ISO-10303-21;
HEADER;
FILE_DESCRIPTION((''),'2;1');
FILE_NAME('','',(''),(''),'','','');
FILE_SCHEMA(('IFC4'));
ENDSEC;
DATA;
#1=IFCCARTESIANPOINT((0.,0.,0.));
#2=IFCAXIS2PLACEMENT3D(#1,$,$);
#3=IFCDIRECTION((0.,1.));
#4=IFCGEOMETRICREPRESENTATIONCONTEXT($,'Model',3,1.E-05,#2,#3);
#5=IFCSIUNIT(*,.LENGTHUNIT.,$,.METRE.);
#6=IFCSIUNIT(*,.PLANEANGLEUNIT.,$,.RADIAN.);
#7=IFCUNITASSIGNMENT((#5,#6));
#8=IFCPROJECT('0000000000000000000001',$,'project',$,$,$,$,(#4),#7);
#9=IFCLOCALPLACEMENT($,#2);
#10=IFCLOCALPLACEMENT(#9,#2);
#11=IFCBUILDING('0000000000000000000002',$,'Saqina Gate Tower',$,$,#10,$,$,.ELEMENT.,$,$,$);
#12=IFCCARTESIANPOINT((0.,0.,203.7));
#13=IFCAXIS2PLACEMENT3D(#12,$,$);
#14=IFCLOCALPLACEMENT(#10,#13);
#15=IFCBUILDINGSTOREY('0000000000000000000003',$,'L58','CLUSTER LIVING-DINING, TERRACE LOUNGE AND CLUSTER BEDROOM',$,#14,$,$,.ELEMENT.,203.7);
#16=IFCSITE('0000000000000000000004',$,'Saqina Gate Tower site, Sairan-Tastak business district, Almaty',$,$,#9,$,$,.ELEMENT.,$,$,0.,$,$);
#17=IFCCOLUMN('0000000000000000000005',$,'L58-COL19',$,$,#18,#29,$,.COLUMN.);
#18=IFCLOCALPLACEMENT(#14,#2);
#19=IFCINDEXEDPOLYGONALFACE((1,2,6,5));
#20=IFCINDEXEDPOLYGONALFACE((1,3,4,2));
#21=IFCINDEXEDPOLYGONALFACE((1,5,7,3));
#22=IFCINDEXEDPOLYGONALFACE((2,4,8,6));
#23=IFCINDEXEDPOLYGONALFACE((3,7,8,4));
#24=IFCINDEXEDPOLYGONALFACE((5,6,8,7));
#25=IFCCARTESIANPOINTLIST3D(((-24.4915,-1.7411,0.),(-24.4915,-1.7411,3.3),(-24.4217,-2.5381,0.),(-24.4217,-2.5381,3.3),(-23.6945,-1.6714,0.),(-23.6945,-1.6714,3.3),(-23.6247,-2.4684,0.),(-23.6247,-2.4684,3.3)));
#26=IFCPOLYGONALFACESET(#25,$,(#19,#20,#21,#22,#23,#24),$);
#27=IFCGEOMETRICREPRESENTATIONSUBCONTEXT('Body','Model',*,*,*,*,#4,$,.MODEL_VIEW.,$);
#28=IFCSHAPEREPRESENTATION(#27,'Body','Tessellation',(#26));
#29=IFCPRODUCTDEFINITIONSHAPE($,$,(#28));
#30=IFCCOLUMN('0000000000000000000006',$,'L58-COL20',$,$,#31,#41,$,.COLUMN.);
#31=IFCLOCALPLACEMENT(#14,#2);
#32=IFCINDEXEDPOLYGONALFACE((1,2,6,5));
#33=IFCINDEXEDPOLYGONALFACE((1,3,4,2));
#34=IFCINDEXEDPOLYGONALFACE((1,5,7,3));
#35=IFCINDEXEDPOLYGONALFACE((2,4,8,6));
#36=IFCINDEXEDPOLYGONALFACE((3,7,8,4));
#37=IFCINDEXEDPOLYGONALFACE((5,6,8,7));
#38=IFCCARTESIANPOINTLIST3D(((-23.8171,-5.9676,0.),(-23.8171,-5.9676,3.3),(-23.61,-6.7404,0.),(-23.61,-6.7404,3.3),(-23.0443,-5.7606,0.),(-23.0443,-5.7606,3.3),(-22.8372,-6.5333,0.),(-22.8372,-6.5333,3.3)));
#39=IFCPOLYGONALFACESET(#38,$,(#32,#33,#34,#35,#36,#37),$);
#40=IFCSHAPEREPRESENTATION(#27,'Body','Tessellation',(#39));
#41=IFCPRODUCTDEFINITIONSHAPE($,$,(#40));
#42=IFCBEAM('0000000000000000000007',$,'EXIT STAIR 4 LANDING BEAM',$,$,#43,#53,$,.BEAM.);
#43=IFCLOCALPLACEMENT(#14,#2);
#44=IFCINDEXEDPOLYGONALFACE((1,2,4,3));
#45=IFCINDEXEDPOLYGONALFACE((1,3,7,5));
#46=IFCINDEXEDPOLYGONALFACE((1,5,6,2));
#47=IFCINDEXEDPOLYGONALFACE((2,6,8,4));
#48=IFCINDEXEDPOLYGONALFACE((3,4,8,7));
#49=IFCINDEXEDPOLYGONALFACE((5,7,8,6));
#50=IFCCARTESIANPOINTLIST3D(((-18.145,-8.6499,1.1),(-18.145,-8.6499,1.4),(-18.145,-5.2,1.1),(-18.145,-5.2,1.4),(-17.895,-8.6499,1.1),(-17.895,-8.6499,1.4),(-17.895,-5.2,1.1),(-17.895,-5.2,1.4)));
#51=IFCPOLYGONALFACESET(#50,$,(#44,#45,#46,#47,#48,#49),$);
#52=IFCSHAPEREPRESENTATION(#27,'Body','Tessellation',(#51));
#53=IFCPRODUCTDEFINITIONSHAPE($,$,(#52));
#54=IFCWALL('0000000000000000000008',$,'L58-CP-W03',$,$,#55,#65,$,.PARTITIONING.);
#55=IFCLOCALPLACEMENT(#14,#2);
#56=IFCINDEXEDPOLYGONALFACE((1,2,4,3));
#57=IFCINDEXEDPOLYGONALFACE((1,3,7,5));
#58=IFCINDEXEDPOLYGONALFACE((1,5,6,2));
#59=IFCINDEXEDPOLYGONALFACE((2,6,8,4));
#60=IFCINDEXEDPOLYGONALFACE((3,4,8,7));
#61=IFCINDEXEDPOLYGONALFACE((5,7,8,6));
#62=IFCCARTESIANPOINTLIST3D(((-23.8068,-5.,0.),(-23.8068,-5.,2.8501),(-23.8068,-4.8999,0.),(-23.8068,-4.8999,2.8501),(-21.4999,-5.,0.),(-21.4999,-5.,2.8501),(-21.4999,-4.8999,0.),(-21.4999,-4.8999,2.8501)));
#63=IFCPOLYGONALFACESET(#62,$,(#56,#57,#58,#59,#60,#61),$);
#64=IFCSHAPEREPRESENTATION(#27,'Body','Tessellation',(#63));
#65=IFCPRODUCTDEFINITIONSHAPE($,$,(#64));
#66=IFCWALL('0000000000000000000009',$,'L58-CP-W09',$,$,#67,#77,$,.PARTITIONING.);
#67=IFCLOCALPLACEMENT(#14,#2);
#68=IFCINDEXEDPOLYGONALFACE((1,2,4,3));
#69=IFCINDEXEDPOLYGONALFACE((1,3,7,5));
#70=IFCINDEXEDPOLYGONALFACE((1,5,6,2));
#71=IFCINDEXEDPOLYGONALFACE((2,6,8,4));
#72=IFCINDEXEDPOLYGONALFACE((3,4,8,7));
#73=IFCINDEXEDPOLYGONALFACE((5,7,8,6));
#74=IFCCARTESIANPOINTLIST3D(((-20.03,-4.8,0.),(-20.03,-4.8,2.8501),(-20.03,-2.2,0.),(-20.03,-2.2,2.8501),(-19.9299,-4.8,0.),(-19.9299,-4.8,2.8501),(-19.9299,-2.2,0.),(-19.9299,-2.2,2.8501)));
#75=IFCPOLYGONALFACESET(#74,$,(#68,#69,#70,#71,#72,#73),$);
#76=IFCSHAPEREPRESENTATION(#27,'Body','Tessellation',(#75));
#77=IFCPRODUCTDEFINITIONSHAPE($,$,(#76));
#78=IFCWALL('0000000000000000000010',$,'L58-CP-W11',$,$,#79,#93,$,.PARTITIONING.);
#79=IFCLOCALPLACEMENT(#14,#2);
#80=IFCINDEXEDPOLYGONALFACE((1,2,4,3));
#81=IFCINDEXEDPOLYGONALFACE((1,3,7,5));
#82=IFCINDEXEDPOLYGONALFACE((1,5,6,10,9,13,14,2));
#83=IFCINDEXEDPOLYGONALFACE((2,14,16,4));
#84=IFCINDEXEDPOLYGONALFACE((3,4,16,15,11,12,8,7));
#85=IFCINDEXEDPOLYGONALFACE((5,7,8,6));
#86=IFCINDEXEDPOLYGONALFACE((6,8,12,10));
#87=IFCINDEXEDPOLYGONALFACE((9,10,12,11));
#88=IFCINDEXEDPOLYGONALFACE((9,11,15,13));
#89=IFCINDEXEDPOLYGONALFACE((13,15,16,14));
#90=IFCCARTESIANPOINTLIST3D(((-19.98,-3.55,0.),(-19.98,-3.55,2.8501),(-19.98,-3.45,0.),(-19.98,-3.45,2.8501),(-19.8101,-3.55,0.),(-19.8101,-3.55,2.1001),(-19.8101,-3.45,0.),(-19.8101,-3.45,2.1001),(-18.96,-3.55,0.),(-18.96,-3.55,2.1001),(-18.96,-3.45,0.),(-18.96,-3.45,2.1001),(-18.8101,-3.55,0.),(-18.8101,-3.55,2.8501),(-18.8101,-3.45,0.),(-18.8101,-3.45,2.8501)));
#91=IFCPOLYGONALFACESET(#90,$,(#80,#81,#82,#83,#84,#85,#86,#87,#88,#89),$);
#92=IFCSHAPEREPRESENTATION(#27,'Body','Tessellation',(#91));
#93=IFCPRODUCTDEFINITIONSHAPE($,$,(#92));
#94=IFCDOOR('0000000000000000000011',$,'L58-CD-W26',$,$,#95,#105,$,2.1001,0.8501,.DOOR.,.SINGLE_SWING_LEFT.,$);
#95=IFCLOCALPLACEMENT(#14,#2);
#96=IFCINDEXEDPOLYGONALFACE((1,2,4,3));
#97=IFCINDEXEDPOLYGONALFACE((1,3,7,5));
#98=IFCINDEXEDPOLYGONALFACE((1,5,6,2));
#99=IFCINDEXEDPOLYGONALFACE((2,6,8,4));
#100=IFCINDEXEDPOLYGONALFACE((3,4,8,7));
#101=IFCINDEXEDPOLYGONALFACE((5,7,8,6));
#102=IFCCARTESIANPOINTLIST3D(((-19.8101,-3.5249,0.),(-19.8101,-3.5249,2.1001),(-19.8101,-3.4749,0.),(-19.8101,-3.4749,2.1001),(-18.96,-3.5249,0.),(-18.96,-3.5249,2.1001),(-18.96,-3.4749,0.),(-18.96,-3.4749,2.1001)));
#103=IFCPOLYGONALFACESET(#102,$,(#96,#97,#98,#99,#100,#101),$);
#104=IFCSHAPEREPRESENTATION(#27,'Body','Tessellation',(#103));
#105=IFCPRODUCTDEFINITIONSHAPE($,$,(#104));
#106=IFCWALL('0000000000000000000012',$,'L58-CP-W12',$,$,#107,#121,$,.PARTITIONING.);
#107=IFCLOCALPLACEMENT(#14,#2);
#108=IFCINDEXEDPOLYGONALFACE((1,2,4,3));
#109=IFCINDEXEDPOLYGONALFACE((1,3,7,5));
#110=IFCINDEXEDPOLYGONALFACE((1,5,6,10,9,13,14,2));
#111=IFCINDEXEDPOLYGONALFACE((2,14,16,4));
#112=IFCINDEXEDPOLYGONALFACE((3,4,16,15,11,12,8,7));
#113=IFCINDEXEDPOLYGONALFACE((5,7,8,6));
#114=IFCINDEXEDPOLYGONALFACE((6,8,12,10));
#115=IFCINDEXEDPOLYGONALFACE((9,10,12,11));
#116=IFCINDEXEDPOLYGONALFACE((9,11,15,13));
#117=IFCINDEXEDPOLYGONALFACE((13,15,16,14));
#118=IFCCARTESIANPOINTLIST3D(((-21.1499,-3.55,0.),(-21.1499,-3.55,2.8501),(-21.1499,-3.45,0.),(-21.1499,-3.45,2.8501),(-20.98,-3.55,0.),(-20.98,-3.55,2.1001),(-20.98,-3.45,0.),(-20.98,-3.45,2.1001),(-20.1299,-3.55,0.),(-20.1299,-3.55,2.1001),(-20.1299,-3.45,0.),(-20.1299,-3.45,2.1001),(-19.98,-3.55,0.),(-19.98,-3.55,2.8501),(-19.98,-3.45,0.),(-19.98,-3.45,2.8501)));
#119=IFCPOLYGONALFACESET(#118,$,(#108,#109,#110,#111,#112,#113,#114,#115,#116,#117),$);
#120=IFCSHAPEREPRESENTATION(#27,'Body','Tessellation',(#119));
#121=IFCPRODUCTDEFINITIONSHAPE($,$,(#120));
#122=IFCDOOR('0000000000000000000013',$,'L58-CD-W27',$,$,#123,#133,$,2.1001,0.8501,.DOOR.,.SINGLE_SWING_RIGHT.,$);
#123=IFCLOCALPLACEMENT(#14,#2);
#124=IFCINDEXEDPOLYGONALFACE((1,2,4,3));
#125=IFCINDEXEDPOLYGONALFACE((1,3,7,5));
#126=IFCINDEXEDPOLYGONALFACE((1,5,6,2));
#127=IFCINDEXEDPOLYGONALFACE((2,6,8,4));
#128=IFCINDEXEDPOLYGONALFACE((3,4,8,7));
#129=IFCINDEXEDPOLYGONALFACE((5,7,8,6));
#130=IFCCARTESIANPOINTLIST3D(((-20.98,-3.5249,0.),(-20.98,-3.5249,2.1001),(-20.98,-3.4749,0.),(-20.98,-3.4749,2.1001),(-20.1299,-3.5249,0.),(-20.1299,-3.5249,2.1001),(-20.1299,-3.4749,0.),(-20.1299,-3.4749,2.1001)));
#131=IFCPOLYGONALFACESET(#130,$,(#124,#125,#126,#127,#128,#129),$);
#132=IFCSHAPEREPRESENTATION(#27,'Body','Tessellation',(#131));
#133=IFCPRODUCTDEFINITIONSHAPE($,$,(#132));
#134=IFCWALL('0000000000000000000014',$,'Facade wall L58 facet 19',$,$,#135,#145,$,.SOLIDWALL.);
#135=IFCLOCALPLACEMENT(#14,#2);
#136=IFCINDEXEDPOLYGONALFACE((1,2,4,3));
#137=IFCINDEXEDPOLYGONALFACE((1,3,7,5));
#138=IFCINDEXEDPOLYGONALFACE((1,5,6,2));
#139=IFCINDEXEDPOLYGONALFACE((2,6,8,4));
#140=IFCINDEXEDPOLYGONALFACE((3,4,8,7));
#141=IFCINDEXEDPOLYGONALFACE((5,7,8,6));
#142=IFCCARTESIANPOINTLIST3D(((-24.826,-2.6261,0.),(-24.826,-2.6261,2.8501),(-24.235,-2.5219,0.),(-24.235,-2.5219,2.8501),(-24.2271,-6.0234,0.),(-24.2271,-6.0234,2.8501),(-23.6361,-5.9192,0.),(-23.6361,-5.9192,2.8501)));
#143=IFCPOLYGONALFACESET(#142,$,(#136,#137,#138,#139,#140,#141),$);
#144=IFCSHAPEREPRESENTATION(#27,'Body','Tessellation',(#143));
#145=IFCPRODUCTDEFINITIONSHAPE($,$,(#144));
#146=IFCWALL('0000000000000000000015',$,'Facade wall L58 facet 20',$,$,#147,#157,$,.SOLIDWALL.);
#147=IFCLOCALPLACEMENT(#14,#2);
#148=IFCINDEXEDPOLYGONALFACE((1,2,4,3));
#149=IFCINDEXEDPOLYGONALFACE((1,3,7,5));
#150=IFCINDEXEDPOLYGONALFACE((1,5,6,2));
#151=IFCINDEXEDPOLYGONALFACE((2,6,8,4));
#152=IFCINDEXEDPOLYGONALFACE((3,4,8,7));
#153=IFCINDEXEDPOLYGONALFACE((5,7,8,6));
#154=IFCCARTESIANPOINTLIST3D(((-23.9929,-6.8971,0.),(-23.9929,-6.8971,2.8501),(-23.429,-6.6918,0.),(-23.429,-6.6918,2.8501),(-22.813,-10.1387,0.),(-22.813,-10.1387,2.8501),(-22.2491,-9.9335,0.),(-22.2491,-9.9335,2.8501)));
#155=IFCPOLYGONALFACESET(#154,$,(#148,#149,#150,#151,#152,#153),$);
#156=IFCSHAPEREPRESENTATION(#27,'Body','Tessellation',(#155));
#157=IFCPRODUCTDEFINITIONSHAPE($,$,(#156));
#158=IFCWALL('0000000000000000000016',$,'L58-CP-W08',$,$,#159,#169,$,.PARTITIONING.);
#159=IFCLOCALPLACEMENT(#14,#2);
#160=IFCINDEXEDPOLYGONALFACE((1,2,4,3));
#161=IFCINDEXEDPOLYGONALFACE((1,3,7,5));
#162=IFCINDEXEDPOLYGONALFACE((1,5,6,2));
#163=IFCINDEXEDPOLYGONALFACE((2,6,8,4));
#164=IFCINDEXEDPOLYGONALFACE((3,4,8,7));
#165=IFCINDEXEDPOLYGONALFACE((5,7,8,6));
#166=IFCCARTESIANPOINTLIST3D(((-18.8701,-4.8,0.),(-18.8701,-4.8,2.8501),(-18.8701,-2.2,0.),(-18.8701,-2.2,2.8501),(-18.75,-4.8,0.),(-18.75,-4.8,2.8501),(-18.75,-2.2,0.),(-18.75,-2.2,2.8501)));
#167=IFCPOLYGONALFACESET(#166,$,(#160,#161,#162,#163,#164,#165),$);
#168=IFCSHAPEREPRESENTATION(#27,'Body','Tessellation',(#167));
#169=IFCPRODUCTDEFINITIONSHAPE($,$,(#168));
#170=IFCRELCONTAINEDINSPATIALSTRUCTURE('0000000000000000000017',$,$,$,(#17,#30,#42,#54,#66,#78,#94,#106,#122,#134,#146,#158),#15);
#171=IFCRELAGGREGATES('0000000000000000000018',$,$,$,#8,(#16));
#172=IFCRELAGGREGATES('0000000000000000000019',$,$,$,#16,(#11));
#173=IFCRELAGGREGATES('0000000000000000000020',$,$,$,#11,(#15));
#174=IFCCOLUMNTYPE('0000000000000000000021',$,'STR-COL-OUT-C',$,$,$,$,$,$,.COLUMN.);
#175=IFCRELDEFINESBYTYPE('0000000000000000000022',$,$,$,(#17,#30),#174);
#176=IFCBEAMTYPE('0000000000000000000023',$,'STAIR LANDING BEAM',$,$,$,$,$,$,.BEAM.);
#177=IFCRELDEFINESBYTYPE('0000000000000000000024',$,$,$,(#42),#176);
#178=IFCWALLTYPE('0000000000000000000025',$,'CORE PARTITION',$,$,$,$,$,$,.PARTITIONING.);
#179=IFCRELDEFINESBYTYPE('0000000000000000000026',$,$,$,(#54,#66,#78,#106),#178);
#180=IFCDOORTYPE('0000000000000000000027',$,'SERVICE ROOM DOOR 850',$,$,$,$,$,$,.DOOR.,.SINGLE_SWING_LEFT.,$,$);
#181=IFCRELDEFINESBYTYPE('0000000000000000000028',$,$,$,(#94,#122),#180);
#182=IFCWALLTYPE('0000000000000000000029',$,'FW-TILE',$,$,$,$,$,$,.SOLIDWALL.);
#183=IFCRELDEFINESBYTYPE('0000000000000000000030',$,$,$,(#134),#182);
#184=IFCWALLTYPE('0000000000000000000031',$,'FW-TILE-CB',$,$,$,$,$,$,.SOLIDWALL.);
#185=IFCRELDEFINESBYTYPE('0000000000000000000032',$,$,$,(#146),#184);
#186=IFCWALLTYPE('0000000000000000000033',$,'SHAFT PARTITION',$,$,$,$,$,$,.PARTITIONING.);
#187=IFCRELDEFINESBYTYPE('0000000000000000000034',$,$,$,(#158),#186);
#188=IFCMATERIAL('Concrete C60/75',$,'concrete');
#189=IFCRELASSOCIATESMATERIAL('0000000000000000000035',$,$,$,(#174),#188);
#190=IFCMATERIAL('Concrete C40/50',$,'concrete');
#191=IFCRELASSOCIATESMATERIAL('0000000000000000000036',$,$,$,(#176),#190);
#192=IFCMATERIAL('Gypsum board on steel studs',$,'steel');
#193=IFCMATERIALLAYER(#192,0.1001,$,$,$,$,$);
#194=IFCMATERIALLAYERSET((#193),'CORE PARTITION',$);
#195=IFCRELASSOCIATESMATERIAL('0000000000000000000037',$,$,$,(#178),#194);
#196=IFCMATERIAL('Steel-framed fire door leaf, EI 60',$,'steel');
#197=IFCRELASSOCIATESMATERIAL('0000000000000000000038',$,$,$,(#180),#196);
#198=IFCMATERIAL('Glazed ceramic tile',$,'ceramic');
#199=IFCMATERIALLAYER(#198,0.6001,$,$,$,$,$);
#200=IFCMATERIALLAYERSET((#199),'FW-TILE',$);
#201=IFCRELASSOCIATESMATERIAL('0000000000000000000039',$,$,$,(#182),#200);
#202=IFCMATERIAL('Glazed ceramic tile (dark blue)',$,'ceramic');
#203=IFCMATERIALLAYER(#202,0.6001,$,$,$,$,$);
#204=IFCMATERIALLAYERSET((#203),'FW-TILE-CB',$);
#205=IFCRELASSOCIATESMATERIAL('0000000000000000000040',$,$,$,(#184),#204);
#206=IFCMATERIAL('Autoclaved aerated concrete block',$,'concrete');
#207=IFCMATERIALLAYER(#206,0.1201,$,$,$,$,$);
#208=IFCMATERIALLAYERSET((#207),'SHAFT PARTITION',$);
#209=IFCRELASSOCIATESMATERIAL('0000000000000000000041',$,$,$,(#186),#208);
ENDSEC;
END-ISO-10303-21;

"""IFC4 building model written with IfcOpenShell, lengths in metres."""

from ifc_helpers import new_model, si_unit, direction, frame, frame_2d, origin, origin_2d, place, context, subcontext, project, spatial, rectangle, extrude, material, layer, layer_set, material_profile, profile_set, type_object, element, fill, save


model = new_model("IFC4")

# Units and contexts
model_context = context("Model", 3, precision=1e-05, world=origin(), true_north=direction((0.0, 1.0)))
body_context = subcontext(model_context, "Body", "Model", "MODEL_VIEW")
ifc_project = project(units=[si_unit("LENGTHUNIT", "METRE"), si_unit("PLANEANGLEUNIT", "RADIAN")], contexts=[model_context])

# Site, building, storey
site_placement = place(None, origin())
site = spatial("IfcSite", under=ifc_project, at=site_placement, Name="Saqina Gate Tower site, Sairan-Tastak business district, Almaty", CompositionType="ELEMENT", RefElevation=0.0)
building_placement = place(site_placement, origin())
building = spatial("IfcBuilding", under=site, at=building_placement, Name="Saqina Gate Tower", CompositionType="ELEMENT")
storey_placement = place(building_placement, frame((0.0, 0.0, 203.7)))
storey = spatial("IfcBuildingStorey", under=building, at=storey_placement, Name="L58", Description="CLUSTER LIVING-DINING, TERRACE LOUNGE AND CLUSTER BEDROOM", CompositionType="ELEMENT", Elevation=203.7)

# Columns
ifc_material_1 = material(Name="Concrete C60/75", Category="concrete")
ifc_material_profile_1 = material_profile(ifc_material_1, rectangle(XDim=0.8, YDim=0.8, at=origin_2d()), Name="RC 800x800")
ifc_profile_set_1 = profile_set([ifc_material_profile_1], Name="Concrete C60/75")
column_type = type_object("IfcColumnType", Name="STR-COL-OUT-C", PredefinedType="COLUMN", material=ifc_profile_set_1)
for number, where, z_axis, x_axis, name in (
    (1, (-24.0581, -2.1047, 0.0), (0.0, 0.0, 1.0), (-0.996195, -0.087156, 0.0), "L58-COL19"),
    (2, (-23.3271, -6.2505, 0.0), (0.0, 0.0, 1.0), (-0.965926, -0.258819, 0.0), "L58-COL20"),
):
    element("IfcColumn", number, at=place(storey_placement, frame(where, z_axis=z_axis, x_axis=x_axis)), inside=storey, type_object=column_type, Name=name, PredefinedType="COLUMN", context=body_context, shape_type="SweptSolid", body=[
        extrude(rectangle(XDim=0.8, YDim=0.8, at=origin_2d()), origin(), (0.0, 0.0, 1.0), 3.3),
    ])

# Beam
ifc_material_2 = material(Name="Concrete C40/50", Category="concrete")
ifc_material_profile_2 = material_profile(ifc_material_2, rectangle(XDim=0.25, YDim=0.3, at=origin_2d()), Name="STAIR LANDING BEAM")
ifc_profile_set_2 = profile_set([ifc_material_profile_2], Name="Concrete C40/50")
beam_type = type_object("IfcBeamType", Name="STAIR LANDING BEAM", PredefinedType="BEAM", material=ifc_profile_set_2)
beam_placement = place(storey_placement, frame((-18.02, -8.6499, 1.25), z_axis=(0.0, 1.0, 0.0), x_axis=(-1.0, 0.0, 0.0)))
element("IfcBeam", 3, at=beam_placement, inside=storey, type_object=beam_type, Name="EXIT STAIR 4 LANDING BEAM", PredefinedType="BEAM", context=body_context, shape_type="SweptSolid", body=[
    extrude(rectangle(XDim=0.25, YDim=0.3, at=origin_2d()), origin(), (0.0, 0.0, 1.0), 3.45),
])

# Walls
ifc_material_3 = material(Name="Gypsum board on steel studs", Category="steel")
ifc_layer_1 = layer(ifc_material_3, 0.1001)
ifc_layer_set_1 = layer_set([ifc_layer_1], Name="CORE PARTITION")
wall_type_1 = type_object("IfcWallType", Name="CORE PARTITION", PredefinedType="PARTITIONING", material=ifc_layer_set_1)
wall_1_placement = place(storey_placement, frame((-21.5, -4.95, 0.0), z_axis=(0.0, 0.0, 1.0), x_axis=(-1.0, 0.0, 0.0)))
element("IfcWall", 4, at=wall_1_placement, inside=storey, type_object=wall_type_1, Name="L58-CP-W03", PredefinedType="PARTITIONING", context=body_context, shape_type="SweptSolid", body=[
    extrude(rectangle(XDim=2.3069, YDim=0.1001, at=frame_2d((1.1533, 0.0))), origin(), (0.0, 0.0, 1.0), 2.8501),
])
wall_2_placement = place(storey_placement, frame((-19.98, -4.8, 0.0), z_axis=(0.0, 0.0, 1.0), x_axis=(0.0, 1.0, 0.0)))
element("IfcWall", 5, at=wall_2_placement, inside=storey, type_object=wall_type_1, Name="L58-CP-W09", PredefinedType="PARTITIONING", context=body_context, shape_type="SweptSolid", body=[
    extrude(rectangle(XDim=2.6001, YDim=0.1001, at=frame_2d((1.3, 0.0))), origin(), (0.0, 0.0, 1.0), 2.8501),
])

# Walls, openings, doors
wall_3_placement = place(storey_placement, frame((-18.8101, -3.5, 0.0), z_axis=(0.0, 0.0, 1.0), x_axis=(-1.0, 0.0, 0.0)))
wall_3 = element("IfcWall", 6, at=wall_3_placement, inside=storey, type_object=wall_type_1, Name="L58-CP-W11", PredefinedType="PARTITIONING", context=body_context, shape_type="SweptSolid", body=[
    extrude(rectangle(XDim=1.1699, YDim=0.1001, at=frame_2d((0.585, 0.0))), origin(), (0.0, 0.0, 1.0), 2.8501),
])
opening_1_placement = place(wall_3_placement, frame((0.1499, 0.0, 0.0)))
opening_1 = element("IfcOpeningElement", 7, at=opening_1_placement, cuts=wall_3, PredefinedType="OPENING", context=body_context, shape_type="SweptSolid", body=[
    extrude(rectangle(XDim=0.8501, YDim=2.1001, at=frame_2d((0.425, 1.05))), frame((0.0, 0.062, 0.0), z_axis=(0.0, -1.0, 0.0), x_axis=(1.0, 0.0, 0.0)), (0.0, 0.0, 1.0), 0.124),
])
ifc_material_4 = material(Name="Steel-framed fire door leaf, EI 60", Category="steel")
door_type = type_object("IfcDoorType", Name="SERVICE ROOM DOOR 850", OperationType="SINGLE_SWING_LEFT", PredefinedType="DOOR", material=ifc_material_4)
door_1_placement = place(opening_1_placement, origin())
door_1 = element("IfcDoor", 8, at=door_1_placement, inside=storey, type_object=door_type, Name="L58-CD-W26", OperationType="SINGLE_SWING_LEFT", OverallHeight=2.1001, OverallWidth=0.8501, PredefinedType="DOOR", context=body_context, shape_type="SweptSolid", body=[
    extrude(rectangle(XDim=0.8501, YDim=2.1001, at=frame_2d((0.425, 1.05))), frame((0.0, 0.0249, 0.0), z_axis=(0.0, -1.0, 0.0), x_axis=(1.0, 0.0, 0.0)), (0.0, 0.0, 1.0), 0.05),
])
fill(opening_1, door_1)
wall_4_placement = place(storey_placement, frame((-19.98, -3.5, 0.0), z_axis=(0.0, 0.0, 1.0), x_axis=(-1.0, 0.0, 0.0)))
wall_4 = element("IfcWall", 9, at=wall_4_placement, inside=storey, type_object=wall_type_1, Name="L58-CP-W12", PredefinedType="PARTITIONING", context=body_context, shape_type="SweptSolid", body=[
    extrude(rectangle(XDim=1.1699, YDim=0.1001, at=frame_2d((0.585, 0.0))), origin(), (0.0, 0.0, 1.0), 2.8501),
])
opening_2_placement = place(wall_4_placement, frame((0.1499, 0.0, 0.0)))
opening_2 = element("IfcOpeningElement", 10, at=opening_2_placement, cuts=wall_4, PredefinedType="OPENING", context=body_context, shape_type="SweptSolid", body=[
    extrude(rectangle(XDim=0.8501, YDim=2.1001, at=frame_2d((0.425, 1.05))), frame((0.0, 0.062, 0.0), z_axis=(0.0, -1.0, 0.0), x_axis=(1.0, 0.0, 0.0)), (0.0, 0.0, 1.0), 0.124),
])
door_2_placement = place(opening_2_placement, origin())
door_2 = element("IfcDoor", 11, at=door_2_placement, inside=storey, type_object=door_type, Name="L58-CD-W27", OperationType="SINGLE_SWING_RIGHT", OverallHeight=2.1001, OverallWidth=0.8501, PredefinedType="DOOR", context=body_context, shape_type="SweptSolid", body=[
    extrude(rectangle(XDim=0.8501, YDim=2.1001, at=frame_2d((0.425, 1.05))), frame((0.0, 0.0249, 0.0), z_axis=(0.0, -1.0, 0.0), x_axis=(1.0, 0.0, 0.0)), (0.0, 0.0, 1.0), 0.05),
])
fill(opening_2, door_2)

# Walls
ifc_material_5 = material(Name="Glazed ceramic tile", Category="ceramic")
ifc_layer_2 = layer(ifc_material_5, 0.6001)
ifc_layer_set_2 = layer_set([ifc_layer_2], Name="FW-TILE")
wall_type_2 = type_object("IfcWallType", Name="FW-TILE", PredefinedType="SOLIDWALL", material=ifc_layer_set_2)
wall_5_placement = place(storey_placement, frame((-24.5305, -2.574, 0.0), z_axis=(0.0, 0.0, 1.0), x_axis=(0.173608, -0.984815, 0.0)))
element("IfcWall", 12, at=wall_5_placement, inside=storey, type_object=wall_type_2, Name="Facade wall L58 facet 19", PredefinedType="SOLIDWALL", context=body_context, shape_type="SweptSolid", body=[
    extrude(rectangle(XDim=3.4497, YDim=0.6001, at=frame_2d((1.7249, 0.0))), origin(), (0.0, 0.0, 1.0), 2.8501),
])
ifc_material_6 = material(Name="Glazed ceramic tile (dark blue)", Category="ceramic")
ifc_layer_3 = layer(ifc_material_6, 0.6001)
ifc_layer_set_3 = layer_set([ifc_layer_3], Name="FW-TILE-CB")
wall_type_3 = type_object("IfcWallType", Name="FW-TILE-CB", PredefinedType="SOLIDWALL", material=ifc_layer_set_3)
wall_6_placement = place(storey_placement, frame((-23.7109, -6.7944, 0.0), z_axis=(0.0, 0.0, 1.0), x_axis=(0.342033, -0.939688, 0.0)))
element("IfcWall", 13, at=wall_6_placement, inside=storey, type_object=wall_type_3, Name="Facade wall L58 facet 20", PredefinedType="SOLIDWALL", context=body_context, shape_type="SweptSolid", body=[
    extrude(rectangle(XDim=3.4497, YDim=0.6001, at=frame_2d((1.7249, 0.0))), origin(), (0.0, 0.0, 1.0), 2.8501),
])
ifc_material_7 = material(Name="Autoclaved aerated concrete block", Category="concrete")
ifc_layer_4 = layer(ifc_material_7, 0.1201)
ifc_layer_set_4 = layer_set([ifc_layer_4], Name="SHAFT PARTITION")
wall_type_4 = type_object("IfcWallType", Name="SHAFT PARTITION", PredefinedType="PARTITIONING", material=ifc_layer_set_4)
wall_7_placement = place(storey_placement, frame((-18.8101, -4.8, 0.0), z_axis=(0.0, 0.0, 1.0), x_axis=(0.0, 1.0, 0.0)))
element("IfcWall", 14, at=wall_7_placement, inside=storey, type_object=wall_type_4, Name="L58-CP-W08", PredefinedType="PARTITIONING", context=body_context, shape_type="SweptSolid", body=[
    extrude(rectangle(XDim=2.6001, YDim=0.1201, at=frame_2d((1.3, 0.0))), origin(), (0.0, 0.0, 1.0), 2.8501),
])

save(model, "model.ifc")
